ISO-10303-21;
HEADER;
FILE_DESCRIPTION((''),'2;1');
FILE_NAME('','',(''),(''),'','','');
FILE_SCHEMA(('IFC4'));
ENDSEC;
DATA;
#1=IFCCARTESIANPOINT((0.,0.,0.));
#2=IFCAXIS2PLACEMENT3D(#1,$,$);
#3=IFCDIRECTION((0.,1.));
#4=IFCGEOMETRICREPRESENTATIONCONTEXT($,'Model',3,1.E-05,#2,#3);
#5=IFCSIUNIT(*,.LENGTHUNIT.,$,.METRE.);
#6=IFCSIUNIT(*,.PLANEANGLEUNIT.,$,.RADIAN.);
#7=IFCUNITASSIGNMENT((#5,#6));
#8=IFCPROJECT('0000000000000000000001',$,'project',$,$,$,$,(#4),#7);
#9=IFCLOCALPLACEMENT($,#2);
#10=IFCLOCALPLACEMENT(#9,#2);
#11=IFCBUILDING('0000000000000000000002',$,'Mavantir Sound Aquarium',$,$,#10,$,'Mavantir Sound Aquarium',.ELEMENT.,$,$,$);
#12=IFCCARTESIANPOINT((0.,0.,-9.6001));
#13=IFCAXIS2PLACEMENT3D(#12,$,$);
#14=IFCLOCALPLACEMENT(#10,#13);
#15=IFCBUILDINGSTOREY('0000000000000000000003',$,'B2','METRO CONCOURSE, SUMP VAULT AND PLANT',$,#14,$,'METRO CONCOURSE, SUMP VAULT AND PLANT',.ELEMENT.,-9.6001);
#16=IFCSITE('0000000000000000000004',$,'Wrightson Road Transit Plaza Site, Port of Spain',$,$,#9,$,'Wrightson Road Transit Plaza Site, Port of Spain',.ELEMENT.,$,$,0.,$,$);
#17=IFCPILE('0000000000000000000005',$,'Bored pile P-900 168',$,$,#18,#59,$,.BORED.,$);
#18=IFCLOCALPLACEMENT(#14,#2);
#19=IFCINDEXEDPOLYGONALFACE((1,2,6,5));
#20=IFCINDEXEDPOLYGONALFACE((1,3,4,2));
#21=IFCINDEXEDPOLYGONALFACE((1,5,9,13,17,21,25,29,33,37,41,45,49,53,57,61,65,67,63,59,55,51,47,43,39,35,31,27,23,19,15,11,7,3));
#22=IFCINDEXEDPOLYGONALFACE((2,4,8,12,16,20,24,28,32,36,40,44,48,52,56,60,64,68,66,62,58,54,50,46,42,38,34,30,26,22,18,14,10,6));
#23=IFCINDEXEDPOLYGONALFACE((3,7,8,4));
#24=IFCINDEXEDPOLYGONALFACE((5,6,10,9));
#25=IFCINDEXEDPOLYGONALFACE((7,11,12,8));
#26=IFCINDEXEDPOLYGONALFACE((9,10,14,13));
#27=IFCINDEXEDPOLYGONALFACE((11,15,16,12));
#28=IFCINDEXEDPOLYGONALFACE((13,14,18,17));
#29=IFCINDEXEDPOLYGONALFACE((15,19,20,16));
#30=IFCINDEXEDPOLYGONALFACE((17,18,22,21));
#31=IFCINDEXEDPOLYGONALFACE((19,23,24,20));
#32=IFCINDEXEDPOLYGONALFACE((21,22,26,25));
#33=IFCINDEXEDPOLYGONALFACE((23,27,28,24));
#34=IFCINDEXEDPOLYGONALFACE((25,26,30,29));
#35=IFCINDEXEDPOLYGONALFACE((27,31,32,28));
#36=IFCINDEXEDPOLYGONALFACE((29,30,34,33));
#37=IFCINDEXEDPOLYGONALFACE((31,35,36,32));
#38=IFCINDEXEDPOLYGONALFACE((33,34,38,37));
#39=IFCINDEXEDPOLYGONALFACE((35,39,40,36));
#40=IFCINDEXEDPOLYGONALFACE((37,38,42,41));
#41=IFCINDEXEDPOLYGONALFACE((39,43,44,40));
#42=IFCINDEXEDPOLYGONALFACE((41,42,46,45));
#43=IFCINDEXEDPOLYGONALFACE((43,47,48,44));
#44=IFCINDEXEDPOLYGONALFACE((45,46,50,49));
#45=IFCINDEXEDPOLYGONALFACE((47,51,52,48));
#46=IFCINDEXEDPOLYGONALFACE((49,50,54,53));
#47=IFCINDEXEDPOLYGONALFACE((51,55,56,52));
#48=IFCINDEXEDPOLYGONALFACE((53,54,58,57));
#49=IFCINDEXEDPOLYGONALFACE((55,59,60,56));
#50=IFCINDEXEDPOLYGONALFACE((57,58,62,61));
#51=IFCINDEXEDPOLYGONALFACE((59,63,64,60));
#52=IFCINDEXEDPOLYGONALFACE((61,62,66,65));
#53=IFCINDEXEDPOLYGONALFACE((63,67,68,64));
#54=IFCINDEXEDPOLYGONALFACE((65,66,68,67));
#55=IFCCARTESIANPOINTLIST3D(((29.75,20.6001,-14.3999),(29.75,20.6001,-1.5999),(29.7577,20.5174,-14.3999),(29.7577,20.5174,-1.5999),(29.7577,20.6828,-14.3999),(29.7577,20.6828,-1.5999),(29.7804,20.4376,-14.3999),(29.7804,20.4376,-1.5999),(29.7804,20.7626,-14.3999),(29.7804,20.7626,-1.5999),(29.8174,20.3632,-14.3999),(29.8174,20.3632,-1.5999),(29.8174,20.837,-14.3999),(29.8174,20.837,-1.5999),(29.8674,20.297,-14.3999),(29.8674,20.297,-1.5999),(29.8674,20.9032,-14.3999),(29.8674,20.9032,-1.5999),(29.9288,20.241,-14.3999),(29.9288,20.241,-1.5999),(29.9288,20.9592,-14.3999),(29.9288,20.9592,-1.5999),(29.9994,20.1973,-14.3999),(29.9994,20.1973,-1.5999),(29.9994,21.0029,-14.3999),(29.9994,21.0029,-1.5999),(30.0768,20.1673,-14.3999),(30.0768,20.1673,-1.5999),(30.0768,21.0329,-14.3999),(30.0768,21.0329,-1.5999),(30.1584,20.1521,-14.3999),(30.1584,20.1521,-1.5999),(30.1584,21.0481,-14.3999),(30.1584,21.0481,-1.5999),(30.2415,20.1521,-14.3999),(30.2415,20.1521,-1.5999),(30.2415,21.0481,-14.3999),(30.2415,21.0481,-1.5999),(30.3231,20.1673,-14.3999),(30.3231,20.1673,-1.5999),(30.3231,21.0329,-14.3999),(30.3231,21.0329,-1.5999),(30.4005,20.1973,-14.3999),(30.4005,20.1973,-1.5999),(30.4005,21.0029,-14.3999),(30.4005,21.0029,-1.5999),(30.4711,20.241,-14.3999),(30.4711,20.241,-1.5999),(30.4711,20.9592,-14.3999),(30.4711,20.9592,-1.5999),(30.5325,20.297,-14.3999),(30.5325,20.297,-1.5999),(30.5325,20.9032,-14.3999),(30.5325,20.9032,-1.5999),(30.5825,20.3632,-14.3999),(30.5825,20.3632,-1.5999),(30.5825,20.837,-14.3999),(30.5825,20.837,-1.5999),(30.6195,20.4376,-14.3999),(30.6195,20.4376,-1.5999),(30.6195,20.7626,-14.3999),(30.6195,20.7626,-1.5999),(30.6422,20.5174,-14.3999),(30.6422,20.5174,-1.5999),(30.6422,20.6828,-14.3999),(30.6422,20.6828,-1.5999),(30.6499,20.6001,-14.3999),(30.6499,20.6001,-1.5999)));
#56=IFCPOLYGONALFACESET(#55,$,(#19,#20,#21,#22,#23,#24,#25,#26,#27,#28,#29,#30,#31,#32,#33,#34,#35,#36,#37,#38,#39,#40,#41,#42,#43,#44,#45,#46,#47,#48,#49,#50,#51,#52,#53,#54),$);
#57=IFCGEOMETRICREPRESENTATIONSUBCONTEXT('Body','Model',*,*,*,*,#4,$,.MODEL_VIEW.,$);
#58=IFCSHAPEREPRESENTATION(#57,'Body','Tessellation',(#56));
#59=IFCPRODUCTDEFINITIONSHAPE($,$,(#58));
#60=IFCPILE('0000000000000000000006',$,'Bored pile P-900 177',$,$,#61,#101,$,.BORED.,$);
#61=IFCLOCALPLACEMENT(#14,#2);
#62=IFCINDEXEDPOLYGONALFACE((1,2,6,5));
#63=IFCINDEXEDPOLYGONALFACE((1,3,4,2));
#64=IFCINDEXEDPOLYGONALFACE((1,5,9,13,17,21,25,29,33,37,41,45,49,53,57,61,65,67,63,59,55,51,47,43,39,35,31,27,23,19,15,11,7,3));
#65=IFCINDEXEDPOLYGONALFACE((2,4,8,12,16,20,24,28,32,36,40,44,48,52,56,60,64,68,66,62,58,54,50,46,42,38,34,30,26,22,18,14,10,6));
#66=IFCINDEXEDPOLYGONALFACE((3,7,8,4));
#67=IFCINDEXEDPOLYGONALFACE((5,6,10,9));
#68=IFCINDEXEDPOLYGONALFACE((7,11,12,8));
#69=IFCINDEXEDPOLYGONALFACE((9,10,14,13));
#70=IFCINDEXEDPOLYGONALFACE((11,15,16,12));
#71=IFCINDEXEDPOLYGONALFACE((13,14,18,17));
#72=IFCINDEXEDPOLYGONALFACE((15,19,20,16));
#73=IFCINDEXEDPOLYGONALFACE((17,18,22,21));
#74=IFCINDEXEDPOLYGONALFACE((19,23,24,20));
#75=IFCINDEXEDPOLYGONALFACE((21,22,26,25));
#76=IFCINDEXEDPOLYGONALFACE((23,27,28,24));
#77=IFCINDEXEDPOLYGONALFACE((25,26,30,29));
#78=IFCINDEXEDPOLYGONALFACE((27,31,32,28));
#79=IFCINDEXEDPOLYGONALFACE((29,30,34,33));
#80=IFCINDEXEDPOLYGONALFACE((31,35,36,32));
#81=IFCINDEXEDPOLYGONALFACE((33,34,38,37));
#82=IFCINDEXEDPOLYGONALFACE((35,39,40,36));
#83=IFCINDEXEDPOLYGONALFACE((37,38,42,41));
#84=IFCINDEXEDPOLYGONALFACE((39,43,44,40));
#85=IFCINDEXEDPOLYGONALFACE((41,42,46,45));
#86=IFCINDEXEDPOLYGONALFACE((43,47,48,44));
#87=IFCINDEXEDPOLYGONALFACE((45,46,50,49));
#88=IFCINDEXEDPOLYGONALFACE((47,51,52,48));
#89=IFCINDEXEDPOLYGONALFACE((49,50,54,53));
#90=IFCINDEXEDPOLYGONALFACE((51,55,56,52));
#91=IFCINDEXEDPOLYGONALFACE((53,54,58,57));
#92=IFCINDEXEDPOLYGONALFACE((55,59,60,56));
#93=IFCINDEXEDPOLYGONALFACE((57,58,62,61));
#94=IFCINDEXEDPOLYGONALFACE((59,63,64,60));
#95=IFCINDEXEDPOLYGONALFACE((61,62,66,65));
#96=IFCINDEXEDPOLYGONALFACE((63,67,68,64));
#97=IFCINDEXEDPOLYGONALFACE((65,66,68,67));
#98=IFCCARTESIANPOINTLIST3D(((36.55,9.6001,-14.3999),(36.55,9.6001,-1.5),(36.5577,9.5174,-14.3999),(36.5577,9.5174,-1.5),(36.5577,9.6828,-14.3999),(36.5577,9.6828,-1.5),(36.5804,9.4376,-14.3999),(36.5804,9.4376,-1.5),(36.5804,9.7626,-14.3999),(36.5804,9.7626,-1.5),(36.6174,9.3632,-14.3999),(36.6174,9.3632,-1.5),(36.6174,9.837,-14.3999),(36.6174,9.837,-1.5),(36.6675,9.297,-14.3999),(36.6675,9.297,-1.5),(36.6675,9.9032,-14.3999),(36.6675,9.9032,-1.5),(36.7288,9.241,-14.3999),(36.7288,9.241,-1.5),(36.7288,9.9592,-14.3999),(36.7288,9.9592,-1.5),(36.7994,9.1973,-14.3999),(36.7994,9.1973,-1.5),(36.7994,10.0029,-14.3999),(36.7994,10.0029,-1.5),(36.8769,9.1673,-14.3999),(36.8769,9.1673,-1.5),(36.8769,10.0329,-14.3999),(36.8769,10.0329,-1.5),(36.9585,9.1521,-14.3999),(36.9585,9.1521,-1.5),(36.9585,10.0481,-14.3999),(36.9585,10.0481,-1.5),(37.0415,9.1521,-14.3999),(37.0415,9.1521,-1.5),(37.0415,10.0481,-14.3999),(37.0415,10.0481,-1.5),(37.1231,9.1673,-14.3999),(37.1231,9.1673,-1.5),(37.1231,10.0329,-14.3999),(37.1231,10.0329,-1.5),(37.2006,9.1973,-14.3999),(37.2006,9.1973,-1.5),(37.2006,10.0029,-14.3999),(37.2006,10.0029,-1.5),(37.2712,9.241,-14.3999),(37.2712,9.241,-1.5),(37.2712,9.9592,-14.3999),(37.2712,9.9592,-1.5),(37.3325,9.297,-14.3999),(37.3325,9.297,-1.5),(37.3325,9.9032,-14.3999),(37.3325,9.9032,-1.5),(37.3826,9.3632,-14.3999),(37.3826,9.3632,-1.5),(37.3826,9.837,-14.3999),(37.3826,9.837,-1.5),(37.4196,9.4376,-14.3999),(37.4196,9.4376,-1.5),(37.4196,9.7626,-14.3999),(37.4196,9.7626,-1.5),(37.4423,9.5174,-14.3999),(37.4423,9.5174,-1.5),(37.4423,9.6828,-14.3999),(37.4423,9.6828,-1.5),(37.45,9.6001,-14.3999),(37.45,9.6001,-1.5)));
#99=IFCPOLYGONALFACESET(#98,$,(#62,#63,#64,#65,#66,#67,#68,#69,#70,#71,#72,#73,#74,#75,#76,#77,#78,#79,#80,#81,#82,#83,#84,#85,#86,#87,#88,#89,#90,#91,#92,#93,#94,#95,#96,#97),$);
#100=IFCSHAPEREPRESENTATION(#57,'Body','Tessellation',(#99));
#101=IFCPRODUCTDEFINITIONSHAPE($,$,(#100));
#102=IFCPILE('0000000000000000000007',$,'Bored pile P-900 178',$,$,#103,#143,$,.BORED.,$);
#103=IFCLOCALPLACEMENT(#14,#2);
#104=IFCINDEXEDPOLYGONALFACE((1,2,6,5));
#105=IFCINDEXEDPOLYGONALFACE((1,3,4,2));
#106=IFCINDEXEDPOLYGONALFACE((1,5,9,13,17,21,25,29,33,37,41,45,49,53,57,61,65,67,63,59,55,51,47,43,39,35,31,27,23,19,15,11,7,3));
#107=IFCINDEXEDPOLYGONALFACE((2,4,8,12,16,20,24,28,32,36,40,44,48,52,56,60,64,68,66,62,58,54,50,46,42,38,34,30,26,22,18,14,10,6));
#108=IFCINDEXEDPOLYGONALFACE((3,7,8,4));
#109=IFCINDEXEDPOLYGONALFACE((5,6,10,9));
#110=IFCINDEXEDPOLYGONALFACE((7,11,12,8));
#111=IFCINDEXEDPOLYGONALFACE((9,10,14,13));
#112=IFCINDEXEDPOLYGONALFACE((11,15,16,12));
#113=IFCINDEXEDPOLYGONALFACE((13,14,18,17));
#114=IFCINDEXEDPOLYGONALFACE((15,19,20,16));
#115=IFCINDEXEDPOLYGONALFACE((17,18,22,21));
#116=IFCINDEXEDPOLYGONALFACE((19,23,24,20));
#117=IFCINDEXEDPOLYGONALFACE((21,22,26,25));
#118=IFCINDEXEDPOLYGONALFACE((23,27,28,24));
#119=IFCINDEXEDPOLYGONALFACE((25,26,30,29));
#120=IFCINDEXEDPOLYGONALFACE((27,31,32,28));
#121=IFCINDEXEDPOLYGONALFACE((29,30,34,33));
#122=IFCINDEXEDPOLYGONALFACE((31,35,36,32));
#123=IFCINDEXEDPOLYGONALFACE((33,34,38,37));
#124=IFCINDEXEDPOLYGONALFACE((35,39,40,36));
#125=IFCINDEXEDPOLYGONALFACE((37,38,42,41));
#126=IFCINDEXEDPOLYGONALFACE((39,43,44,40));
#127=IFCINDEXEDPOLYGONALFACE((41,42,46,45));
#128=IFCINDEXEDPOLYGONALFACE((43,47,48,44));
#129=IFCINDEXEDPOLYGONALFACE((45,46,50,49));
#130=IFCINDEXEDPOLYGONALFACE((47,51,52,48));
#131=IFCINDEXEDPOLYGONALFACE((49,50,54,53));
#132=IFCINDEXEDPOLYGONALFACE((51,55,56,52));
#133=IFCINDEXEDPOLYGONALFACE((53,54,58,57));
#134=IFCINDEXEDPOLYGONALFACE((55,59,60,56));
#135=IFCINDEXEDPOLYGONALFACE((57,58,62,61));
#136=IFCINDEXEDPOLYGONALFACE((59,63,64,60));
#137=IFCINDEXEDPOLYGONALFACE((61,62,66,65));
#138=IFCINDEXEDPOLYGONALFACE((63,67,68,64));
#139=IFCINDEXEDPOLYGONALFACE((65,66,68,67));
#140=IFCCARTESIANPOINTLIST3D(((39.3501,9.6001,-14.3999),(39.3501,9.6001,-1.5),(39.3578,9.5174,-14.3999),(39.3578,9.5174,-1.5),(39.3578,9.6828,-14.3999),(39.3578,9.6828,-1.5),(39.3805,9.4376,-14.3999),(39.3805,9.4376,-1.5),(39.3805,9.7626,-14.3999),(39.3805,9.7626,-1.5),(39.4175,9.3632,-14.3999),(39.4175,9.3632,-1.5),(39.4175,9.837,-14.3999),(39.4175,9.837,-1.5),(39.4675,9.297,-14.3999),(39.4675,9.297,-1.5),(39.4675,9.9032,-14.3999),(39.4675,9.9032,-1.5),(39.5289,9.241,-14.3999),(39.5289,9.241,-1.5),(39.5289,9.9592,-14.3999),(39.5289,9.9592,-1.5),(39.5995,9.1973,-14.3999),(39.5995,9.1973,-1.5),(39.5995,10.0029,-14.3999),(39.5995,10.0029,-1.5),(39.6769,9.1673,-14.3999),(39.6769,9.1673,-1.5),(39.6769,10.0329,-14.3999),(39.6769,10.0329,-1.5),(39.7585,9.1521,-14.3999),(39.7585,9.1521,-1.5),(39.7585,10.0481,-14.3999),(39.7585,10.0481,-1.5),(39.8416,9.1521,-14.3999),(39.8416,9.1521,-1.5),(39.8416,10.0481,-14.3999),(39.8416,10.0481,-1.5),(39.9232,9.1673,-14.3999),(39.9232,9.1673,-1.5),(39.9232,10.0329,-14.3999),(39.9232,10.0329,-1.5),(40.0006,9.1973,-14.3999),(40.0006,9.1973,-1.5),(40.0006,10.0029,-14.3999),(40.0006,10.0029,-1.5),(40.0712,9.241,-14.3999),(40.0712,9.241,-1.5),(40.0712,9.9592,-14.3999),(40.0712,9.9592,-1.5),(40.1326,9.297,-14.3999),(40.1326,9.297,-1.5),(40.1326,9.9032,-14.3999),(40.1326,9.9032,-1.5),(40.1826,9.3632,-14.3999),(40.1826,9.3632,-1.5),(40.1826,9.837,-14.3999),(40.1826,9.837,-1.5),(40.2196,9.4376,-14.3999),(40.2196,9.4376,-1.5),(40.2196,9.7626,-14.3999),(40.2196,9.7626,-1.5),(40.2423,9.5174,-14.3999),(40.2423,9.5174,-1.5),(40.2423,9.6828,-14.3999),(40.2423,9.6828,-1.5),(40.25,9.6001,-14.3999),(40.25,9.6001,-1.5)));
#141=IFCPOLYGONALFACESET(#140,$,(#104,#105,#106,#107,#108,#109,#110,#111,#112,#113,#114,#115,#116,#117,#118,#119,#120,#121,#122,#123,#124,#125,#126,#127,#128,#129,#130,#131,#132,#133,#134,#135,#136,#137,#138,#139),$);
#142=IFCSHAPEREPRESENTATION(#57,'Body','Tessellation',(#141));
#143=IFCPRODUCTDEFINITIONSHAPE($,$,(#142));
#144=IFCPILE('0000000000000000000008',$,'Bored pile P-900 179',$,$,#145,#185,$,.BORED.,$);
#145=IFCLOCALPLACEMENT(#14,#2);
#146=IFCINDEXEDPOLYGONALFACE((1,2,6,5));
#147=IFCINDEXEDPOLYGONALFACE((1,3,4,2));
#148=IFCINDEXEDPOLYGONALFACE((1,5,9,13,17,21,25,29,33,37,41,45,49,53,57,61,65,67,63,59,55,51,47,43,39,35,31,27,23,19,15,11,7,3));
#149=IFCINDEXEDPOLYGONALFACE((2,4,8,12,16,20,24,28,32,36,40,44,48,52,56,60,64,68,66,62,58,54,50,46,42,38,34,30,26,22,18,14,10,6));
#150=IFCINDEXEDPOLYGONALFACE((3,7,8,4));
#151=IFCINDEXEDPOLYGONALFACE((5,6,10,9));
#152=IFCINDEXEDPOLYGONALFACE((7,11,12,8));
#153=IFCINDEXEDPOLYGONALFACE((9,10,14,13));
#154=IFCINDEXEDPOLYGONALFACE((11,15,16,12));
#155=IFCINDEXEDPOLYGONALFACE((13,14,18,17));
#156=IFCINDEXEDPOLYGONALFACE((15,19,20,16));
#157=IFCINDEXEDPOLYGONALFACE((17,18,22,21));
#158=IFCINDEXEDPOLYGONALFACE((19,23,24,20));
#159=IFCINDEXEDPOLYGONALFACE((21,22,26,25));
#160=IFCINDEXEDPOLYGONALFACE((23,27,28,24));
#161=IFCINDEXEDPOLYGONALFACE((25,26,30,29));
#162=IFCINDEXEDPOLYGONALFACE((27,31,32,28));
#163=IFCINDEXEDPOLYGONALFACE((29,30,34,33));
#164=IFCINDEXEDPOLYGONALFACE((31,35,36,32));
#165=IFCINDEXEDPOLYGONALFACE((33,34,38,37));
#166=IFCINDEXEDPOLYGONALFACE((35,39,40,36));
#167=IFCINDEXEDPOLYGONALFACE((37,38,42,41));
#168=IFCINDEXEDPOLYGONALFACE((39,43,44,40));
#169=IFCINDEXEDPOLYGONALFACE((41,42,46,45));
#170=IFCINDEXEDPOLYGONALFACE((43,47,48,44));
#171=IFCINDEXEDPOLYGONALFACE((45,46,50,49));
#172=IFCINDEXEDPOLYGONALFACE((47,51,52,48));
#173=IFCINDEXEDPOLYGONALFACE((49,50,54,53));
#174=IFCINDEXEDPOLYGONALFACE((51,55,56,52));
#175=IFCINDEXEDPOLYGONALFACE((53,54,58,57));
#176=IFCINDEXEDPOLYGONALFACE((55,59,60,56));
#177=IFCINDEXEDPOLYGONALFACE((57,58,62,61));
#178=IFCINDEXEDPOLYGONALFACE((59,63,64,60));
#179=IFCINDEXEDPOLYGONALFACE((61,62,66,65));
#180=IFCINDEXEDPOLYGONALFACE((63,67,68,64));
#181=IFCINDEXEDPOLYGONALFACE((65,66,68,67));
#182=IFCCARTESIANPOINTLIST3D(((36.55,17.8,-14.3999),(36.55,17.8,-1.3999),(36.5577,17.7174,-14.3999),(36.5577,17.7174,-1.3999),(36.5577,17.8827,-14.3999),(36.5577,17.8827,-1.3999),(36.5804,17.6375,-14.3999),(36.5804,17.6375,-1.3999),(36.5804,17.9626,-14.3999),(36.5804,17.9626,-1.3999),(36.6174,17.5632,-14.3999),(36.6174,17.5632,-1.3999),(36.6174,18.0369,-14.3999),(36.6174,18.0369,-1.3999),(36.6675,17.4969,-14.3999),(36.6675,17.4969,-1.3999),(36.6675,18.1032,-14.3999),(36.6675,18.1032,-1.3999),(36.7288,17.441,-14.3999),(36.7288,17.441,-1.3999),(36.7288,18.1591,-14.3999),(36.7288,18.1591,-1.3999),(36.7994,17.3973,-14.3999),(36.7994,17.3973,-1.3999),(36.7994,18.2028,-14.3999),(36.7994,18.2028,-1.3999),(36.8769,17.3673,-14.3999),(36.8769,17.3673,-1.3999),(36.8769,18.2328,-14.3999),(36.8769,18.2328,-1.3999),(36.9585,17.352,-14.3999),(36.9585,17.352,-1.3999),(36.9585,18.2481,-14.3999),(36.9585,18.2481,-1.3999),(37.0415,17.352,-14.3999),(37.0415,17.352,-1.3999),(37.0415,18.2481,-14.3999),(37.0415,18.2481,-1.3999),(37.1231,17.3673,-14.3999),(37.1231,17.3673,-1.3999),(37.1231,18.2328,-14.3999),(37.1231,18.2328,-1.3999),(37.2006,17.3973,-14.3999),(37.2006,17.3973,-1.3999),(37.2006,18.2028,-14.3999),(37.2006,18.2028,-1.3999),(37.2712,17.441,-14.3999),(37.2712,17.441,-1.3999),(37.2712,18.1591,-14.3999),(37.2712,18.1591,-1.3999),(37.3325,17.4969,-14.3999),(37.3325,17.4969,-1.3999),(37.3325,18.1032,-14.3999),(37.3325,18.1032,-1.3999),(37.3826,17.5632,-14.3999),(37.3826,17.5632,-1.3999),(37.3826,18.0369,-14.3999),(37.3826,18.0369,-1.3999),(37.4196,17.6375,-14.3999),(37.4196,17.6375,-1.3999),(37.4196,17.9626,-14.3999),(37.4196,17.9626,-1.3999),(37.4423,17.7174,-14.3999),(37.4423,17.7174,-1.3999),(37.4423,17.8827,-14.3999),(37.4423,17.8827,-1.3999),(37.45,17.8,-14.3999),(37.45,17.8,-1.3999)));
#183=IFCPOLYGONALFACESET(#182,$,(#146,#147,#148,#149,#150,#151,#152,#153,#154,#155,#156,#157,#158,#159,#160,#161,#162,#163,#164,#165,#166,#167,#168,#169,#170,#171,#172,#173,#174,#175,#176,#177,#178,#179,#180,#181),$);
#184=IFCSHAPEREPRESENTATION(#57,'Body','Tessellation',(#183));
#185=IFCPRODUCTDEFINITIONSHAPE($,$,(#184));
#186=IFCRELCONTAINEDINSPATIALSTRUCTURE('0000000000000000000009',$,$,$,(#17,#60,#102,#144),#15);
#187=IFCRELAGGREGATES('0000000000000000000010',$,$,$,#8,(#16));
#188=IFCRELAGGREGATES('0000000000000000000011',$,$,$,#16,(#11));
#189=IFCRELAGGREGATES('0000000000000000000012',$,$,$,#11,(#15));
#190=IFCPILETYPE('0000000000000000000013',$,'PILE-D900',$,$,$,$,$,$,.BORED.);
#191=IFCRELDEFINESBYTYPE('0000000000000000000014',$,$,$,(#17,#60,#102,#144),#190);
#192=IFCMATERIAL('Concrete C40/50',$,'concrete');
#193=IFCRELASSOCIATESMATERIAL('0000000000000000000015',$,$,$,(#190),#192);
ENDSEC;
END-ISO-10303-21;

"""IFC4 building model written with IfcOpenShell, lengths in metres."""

from ifc_helpers import new_model, si_unit, direction, frame, origin, origin_2d, place, context, subcontext, project, spatial, circle, extrude, material, material_profile, profile_set, type_object, element, save


model = new_model("IFC4")

# Units and contexts
model_context = context("Model", 3, precision=1e-05, world=origin(), true_north=direction((0.0, 1.0)))
body_context = subcontext(model_context, "Body", "Model", "MODEL_VIEW")
ifc_project = project(units=[si_unit("LENGTHUNIT", "METRE"), si_unit("PLANEANGLEUNIT", "RADIAN")], contexts=[model_context])

# Site, building, storey
site_placement = place(None, origin())
site = spatial("IfcSite", under=ifc_project, at=site_placement, Name="Wrightson Road Transit Plaza Site, Port of Spain", LongName="Wrightson Road Transit Plaza Site, Port of Spain", CompositionType="ELEMENT", RefElevation=0.0)
building_placement = place(site_placement, origin())
building = spatial("IfcBuilding", under=site, at=building_placement, Name="Mavantir Sound Aquarium", LongName="Mavantir Sound Aquarium", CompositionType="ELEMENT")
storey_placement = place(building_placement, frame((0.0, 0.0, -9.6001)))
storey = spatial("IfcBuildingStorey", under=building, at=storey_placement, Name="B2", Description="METRO CONCOURSE, SUMP VAULT AND PLANT", LongName="METRO CONCOURSE, SUMP VAULT AND PLANT", CompositionType="ELEMENT", Elevation=-9.6001)

# Shared definitions
ifc_material_1 = material(Name="Concrete C40/50", Category="concrete")

# Piles
ifc_material_profile_1 = material_profile(ifc_material_1, circle(Radius=0.45, at=origin_2d()), Name="PILE D900")
ifc_profile_set_1 = profile_set([ifc_material_profile_1], Name="Concrete C40/50")
pile_type = type_object("IfcPileType", Name="PILE-D900", PredefinedType="BORED", material=ifc_profile_set_1)
for number, where, z_axis, x_axis, name in (
    (1, (30.2, 20.6001, -1.5999), (0.0, 0.0, -1.0), (1.0, 0.0, 0.0), "Bored pile P-900 168"),
):
    element("IfcPile", number, at=place(storey_placement, frame(where, z_axis=z_axis, x_axis=x_axis)), inside=storey, type_object=pile_type, Name=name, PredefinedType="BORED", context=body_context, shape_type="SweptSolid", body=[
        extrude(circle(Radius=0.45, at=origin_2d()), origin(), (0.0, 0.0, 1.0), 12.8),
    ])
for number, where, z_axis, x_axis, name in (
    (2, (37.0, 9.6001, -1.5), (0.0, 0.0, -1.0), (1.0, 0.0, 0.0), "Bored pile P-900 177"),
    (3, (39.8, 9.6001, -1.5), (0.0, 0.0, -1.0), (1.0, 0.0, 0.0), "Bored pile P-900 178"),
):
    element("IfcPile", number, at=place(storey_placement, frame(where, z_axis=z_axis, x_axis=x_axis)), inside=storey, type_object=pile_type, Name=name, PredefinedType="BORED", context=body_context, shape_type="SweptSolid", body=[
        extrude(circle(Radius=0.45, at=origin_2d()), origin(), (0.0, 0.0, 1.0), 12.8999),
    ])
for number, where, z_axis, x_axis, name in (
    (4, (37.0, 17.8, -1.3999), (0.0, 0.0, -1.0), (1.0, 0.0, 0.0), "Bored pile P-900 179"),
):
    element("IfcPile", number, at=place(storey_placement, frame(where, z_axis=z_axis, x_axis=x_axis)), inside=storey, type_object=pile_type, Name=name, PredefinedType="BORED", context=body_context, shape_type="SweptSolid", body=[
        extrude(circle(Radius=0.45, at=origin_2d()), origin(), (0.0, 0.0, 1.0), 13.0),
    ])

save(model, "model.ifc")
